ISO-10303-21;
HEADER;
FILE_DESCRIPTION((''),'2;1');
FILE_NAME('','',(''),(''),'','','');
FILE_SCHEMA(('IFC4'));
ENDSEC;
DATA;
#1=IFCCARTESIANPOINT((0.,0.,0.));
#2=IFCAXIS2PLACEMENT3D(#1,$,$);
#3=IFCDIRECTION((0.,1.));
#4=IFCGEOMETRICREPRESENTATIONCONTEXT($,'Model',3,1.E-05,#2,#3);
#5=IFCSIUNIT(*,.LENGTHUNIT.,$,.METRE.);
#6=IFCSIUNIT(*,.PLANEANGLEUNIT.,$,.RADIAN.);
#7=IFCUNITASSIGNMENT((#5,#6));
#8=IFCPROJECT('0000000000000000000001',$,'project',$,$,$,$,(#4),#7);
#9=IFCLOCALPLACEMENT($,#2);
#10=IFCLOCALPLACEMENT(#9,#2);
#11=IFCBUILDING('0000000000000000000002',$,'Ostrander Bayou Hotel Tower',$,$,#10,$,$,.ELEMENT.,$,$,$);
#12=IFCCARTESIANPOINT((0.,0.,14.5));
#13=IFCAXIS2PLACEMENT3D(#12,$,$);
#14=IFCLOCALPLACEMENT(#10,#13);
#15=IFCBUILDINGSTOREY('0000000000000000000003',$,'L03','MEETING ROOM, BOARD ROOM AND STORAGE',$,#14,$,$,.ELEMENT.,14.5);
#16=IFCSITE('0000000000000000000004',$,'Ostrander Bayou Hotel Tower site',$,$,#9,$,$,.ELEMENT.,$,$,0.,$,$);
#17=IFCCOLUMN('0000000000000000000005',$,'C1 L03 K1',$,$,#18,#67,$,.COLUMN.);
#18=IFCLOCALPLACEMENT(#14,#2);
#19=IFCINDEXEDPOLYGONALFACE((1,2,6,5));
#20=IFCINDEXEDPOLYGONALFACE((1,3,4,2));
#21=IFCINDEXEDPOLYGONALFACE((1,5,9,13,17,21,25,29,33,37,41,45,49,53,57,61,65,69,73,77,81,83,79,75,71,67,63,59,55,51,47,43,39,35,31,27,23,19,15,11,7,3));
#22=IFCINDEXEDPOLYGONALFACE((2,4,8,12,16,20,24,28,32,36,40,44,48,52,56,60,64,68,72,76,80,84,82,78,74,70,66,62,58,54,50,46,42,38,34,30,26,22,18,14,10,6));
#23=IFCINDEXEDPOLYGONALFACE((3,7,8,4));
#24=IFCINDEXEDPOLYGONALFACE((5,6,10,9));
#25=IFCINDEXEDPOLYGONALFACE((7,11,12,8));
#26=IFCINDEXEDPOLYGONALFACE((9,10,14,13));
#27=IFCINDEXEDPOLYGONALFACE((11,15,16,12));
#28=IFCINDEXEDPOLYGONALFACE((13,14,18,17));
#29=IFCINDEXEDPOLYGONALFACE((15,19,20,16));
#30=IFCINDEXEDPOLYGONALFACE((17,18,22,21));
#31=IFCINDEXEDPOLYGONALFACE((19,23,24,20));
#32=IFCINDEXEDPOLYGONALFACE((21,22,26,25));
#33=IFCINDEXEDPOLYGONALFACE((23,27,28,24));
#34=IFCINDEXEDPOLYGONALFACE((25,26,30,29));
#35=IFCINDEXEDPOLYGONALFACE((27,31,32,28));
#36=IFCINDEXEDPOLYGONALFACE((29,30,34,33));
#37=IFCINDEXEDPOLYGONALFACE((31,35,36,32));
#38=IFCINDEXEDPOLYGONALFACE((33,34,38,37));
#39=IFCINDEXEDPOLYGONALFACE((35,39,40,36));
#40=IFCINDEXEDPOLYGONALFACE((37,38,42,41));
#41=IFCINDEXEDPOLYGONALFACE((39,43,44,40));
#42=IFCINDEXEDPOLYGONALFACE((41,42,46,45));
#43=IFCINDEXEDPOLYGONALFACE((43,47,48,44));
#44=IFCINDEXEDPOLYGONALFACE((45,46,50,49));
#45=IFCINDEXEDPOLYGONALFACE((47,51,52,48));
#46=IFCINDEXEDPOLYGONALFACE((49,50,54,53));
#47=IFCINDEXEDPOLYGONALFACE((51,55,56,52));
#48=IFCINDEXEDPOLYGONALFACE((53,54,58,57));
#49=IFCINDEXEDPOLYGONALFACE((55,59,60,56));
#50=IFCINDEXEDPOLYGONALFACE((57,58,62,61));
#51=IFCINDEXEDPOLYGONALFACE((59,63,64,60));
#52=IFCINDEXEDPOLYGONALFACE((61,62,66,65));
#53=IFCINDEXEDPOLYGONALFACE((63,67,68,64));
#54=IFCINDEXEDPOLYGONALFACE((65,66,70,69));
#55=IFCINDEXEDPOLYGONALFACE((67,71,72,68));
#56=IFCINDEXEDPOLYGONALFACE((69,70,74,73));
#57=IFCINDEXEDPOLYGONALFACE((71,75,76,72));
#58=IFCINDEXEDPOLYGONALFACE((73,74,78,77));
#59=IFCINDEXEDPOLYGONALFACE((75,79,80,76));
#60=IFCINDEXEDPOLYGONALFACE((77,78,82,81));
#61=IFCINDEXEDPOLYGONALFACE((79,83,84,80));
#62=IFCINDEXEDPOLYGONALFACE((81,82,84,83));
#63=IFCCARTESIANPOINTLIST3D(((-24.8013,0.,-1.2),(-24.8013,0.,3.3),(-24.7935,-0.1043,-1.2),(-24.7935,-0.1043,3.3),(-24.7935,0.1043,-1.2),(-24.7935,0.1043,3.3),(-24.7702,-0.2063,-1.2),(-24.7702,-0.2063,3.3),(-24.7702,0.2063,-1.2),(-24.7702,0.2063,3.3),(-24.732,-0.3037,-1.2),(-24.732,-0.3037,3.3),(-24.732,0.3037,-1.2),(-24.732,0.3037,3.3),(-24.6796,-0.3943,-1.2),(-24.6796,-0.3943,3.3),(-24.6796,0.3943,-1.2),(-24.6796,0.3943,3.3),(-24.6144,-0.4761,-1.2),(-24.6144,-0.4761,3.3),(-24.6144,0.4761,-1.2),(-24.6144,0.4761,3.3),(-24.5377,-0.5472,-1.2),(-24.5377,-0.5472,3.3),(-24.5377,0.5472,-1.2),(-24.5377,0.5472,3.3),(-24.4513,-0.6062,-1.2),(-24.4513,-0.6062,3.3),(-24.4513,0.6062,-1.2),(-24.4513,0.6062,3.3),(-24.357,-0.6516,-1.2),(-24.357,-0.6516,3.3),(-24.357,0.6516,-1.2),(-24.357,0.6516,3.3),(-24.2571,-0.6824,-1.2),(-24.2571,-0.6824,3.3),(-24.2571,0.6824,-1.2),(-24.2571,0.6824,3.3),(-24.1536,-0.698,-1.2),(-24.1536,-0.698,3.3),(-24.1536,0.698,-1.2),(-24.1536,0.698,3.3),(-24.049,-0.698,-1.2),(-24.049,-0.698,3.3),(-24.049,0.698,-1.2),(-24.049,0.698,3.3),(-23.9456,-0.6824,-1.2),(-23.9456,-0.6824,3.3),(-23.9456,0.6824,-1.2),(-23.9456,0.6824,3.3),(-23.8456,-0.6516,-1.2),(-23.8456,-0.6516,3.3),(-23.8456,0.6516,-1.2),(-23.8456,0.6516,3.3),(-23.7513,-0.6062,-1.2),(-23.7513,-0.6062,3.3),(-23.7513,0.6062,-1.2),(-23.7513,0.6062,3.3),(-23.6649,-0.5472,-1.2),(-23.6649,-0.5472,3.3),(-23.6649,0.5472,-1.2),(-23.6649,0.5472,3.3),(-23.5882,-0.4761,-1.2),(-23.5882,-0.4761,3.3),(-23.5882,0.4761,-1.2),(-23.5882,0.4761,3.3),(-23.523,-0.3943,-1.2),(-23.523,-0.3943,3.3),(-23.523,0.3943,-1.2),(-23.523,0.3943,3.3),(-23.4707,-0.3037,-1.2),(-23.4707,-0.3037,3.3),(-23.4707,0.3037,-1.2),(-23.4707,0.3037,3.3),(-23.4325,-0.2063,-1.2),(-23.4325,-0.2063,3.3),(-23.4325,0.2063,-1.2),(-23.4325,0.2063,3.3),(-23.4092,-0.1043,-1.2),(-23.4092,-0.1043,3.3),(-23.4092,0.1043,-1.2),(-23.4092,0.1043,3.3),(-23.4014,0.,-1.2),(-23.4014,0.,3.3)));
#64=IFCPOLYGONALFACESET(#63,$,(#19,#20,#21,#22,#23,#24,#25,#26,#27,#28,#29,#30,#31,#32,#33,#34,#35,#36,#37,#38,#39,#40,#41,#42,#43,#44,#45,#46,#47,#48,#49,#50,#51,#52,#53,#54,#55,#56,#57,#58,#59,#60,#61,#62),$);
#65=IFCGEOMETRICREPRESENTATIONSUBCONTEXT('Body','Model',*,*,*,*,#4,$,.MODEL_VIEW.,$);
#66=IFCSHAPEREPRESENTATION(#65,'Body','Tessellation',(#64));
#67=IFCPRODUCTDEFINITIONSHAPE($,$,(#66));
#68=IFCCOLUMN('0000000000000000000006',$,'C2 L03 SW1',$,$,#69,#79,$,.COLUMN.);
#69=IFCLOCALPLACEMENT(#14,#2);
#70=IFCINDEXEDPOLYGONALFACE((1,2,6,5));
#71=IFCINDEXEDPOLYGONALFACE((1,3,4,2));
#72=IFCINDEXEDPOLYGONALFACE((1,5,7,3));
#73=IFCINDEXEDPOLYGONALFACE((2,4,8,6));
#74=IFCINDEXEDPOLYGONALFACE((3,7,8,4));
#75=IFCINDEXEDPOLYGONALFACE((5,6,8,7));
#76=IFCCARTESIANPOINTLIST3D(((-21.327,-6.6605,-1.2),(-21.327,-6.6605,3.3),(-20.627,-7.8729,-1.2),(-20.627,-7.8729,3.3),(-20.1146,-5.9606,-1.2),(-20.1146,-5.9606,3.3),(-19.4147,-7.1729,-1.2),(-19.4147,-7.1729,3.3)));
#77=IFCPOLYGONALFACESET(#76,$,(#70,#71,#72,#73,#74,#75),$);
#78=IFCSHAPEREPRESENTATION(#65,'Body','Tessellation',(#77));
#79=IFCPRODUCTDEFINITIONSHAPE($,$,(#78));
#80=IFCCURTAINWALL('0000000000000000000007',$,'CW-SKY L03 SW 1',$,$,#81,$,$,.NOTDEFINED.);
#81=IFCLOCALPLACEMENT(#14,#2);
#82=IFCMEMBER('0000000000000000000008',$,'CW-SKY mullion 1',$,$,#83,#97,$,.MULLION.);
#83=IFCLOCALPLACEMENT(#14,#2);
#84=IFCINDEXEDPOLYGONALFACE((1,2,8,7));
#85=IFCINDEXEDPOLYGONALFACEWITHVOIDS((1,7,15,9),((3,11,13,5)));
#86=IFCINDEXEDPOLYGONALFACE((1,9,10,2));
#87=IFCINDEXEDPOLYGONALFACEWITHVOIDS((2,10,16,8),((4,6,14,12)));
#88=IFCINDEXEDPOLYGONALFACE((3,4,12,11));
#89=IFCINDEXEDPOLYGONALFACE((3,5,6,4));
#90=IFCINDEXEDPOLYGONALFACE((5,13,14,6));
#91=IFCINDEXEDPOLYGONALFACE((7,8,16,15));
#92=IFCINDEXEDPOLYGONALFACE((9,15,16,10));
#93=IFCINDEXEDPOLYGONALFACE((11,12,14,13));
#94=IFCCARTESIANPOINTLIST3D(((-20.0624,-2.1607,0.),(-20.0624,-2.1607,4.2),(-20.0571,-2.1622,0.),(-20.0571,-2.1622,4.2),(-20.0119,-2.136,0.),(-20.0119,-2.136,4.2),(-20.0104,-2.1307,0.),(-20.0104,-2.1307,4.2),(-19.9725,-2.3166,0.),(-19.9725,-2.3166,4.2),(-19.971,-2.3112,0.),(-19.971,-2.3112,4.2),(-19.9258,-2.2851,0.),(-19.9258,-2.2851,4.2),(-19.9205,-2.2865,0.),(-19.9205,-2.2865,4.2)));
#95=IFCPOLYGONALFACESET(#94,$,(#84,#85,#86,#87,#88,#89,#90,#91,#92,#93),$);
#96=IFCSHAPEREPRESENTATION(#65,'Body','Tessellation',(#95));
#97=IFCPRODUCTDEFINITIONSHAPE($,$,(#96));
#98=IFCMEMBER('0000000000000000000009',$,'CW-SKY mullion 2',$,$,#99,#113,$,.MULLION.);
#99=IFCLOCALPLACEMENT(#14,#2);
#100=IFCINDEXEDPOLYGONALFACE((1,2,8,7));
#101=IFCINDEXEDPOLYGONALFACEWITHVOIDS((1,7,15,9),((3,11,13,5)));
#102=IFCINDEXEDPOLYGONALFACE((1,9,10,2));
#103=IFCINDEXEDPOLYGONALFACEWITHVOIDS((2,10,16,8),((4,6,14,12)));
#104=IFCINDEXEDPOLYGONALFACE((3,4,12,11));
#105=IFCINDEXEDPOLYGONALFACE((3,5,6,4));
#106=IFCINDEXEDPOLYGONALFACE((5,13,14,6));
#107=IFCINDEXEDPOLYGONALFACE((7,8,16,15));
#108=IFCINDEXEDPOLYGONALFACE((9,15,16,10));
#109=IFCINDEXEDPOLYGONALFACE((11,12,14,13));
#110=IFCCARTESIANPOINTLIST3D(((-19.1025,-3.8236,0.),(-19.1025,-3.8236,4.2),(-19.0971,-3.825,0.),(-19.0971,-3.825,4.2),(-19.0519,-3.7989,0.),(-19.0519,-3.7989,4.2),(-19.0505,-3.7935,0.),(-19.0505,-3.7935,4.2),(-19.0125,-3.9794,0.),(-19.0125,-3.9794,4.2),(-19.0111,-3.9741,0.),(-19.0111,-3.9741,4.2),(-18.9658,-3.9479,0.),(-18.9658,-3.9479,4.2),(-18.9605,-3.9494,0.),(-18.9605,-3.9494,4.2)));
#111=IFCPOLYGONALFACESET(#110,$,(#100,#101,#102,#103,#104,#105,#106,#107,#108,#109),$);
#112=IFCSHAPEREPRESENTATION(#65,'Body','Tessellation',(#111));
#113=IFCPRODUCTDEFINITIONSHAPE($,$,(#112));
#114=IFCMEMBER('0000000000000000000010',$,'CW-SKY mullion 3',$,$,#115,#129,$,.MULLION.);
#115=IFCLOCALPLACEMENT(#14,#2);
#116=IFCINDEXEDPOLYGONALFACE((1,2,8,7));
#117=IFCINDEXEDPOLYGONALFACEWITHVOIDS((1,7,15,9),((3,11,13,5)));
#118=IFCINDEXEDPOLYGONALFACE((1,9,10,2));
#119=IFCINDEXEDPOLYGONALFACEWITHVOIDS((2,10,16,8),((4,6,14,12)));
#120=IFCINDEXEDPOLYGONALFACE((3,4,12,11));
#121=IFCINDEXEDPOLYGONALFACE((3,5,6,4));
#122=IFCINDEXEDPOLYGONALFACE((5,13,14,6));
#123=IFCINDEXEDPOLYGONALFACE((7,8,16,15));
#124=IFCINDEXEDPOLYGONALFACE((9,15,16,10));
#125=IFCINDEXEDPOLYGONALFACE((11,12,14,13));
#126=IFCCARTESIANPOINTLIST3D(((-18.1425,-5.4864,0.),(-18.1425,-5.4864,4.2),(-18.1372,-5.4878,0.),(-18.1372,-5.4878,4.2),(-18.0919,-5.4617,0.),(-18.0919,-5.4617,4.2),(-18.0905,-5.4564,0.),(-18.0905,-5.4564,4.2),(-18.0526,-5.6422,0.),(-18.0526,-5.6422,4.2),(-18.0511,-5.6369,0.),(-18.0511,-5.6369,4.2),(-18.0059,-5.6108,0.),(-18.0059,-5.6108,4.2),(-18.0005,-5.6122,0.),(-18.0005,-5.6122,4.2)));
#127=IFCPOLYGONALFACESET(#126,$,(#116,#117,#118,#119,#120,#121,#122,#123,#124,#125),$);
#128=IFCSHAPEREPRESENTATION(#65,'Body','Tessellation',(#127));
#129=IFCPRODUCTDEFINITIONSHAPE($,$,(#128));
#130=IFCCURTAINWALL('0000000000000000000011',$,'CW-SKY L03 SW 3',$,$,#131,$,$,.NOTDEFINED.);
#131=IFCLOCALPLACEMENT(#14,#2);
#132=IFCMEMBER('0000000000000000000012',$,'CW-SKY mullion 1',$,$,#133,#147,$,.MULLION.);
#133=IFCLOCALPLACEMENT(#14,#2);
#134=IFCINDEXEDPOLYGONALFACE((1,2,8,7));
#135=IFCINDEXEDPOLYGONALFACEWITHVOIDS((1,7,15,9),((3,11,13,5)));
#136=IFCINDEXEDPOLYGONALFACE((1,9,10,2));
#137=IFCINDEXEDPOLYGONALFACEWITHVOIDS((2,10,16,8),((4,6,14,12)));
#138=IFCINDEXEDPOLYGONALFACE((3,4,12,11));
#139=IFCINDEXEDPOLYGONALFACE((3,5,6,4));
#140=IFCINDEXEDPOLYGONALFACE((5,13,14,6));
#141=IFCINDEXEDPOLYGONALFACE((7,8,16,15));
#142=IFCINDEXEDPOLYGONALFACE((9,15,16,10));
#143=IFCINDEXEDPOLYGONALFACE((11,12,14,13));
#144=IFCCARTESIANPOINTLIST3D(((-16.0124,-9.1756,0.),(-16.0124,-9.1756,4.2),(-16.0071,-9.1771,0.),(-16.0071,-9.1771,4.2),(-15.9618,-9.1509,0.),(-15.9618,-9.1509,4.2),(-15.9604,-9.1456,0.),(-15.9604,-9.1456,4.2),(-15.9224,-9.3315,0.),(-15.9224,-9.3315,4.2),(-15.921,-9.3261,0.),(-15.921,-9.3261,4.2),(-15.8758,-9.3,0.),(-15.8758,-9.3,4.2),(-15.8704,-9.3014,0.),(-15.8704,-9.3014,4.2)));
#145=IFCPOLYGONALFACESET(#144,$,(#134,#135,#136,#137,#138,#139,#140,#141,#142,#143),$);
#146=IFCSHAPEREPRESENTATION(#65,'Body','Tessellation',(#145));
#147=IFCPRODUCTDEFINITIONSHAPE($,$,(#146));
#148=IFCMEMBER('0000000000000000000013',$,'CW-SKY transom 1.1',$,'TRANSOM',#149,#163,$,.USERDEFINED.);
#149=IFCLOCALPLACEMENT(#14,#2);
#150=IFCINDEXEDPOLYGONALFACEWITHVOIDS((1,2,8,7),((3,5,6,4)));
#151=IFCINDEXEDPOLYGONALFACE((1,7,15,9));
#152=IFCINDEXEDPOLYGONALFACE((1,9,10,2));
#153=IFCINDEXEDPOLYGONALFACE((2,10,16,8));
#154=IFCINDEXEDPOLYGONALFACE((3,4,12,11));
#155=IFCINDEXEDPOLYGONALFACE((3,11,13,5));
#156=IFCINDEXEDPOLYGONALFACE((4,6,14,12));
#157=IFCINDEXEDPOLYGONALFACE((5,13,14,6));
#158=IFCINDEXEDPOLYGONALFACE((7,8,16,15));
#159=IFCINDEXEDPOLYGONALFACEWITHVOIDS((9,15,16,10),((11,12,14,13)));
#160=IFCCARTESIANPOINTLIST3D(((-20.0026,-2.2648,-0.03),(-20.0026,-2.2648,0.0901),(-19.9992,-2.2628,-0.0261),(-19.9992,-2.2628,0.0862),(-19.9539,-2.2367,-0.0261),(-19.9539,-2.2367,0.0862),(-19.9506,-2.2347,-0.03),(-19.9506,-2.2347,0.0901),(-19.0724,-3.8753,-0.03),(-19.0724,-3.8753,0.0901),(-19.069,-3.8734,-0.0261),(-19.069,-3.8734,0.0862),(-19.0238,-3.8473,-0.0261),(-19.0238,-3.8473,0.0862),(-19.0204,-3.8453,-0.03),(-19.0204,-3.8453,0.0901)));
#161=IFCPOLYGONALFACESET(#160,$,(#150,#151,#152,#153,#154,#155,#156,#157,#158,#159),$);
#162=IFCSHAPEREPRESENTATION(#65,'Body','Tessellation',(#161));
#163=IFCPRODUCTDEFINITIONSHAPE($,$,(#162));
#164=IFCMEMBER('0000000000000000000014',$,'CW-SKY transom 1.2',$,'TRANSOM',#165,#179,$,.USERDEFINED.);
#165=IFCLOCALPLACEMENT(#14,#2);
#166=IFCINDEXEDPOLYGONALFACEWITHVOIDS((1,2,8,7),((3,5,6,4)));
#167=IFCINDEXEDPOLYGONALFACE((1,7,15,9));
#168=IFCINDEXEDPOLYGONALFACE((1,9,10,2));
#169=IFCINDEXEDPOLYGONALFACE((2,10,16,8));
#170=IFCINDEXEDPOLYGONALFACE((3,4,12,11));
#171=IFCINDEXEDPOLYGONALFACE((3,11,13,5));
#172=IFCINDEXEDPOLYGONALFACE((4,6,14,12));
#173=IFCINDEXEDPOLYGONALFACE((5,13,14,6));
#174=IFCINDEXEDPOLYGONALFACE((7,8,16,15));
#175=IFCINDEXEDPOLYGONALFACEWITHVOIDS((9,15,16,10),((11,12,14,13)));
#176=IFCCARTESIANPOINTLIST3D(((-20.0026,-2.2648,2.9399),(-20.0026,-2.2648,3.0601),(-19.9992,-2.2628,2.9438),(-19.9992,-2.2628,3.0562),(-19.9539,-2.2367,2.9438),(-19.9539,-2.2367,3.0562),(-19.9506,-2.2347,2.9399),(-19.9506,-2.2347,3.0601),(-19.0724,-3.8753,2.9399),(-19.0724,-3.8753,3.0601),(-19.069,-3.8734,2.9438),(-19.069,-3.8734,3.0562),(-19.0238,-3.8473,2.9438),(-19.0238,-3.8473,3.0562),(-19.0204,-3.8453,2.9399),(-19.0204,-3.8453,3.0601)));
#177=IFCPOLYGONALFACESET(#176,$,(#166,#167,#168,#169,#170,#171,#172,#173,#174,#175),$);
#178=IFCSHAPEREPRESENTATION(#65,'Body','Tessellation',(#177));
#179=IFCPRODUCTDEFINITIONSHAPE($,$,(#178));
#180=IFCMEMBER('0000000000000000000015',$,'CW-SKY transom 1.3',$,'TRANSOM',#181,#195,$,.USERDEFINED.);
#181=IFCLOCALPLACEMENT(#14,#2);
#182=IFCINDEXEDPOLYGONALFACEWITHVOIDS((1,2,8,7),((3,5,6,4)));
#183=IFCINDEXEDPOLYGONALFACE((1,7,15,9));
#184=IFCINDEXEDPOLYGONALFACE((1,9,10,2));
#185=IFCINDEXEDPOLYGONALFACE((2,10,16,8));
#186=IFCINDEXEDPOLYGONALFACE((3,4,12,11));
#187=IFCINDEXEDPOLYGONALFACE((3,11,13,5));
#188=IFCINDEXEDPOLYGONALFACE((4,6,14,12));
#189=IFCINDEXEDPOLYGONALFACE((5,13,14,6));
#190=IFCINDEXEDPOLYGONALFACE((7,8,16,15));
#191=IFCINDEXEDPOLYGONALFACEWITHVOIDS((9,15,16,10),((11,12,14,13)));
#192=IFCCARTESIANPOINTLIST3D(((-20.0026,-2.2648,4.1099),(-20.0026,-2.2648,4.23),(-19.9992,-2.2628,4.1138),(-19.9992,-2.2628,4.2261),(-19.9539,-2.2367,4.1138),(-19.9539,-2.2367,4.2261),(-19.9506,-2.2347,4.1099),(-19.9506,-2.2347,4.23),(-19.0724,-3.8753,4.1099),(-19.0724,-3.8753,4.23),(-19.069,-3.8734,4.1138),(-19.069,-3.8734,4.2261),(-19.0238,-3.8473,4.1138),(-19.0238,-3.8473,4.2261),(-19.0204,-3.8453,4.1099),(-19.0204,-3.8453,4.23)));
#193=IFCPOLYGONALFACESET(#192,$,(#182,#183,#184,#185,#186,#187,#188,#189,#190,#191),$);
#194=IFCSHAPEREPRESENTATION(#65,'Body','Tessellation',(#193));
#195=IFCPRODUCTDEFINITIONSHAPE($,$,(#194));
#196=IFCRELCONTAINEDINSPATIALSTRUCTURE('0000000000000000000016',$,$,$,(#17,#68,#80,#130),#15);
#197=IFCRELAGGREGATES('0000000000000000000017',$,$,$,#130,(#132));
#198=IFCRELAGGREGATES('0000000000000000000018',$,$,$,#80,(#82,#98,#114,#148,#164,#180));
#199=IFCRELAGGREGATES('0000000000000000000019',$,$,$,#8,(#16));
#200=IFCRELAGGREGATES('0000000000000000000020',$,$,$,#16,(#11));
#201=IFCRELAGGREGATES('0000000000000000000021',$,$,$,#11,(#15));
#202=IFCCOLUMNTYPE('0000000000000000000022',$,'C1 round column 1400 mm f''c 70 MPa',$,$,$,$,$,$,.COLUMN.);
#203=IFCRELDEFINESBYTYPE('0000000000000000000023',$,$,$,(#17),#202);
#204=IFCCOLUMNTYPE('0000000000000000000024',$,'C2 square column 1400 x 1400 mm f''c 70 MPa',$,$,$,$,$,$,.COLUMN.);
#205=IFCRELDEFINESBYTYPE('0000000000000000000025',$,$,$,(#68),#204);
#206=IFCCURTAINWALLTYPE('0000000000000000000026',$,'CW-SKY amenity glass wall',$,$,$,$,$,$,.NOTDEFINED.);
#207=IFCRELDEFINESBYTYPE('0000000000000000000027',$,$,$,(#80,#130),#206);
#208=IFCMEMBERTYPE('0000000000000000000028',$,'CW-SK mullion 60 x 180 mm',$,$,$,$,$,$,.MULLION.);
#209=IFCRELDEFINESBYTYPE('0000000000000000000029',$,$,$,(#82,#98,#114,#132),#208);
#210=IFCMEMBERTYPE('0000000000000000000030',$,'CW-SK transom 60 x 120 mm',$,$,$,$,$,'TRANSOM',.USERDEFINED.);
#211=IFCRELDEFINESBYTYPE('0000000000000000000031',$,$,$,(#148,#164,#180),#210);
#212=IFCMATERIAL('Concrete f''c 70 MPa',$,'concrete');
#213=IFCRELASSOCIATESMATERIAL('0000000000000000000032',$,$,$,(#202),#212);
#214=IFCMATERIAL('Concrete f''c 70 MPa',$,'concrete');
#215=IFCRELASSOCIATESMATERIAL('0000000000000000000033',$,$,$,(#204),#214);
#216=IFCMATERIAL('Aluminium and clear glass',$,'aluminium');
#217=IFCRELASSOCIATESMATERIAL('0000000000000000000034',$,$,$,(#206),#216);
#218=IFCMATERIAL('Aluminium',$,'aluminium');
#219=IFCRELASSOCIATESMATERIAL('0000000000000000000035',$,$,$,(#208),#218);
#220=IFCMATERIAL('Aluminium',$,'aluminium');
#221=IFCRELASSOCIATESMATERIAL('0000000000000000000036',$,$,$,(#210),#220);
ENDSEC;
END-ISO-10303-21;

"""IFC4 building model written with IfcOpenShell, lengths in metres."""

from ifc_helpers import new_model, si_unit, direction, frame, origin, origin_2d, place, context, subcontext, project, spatial, rectangle, hollow_rectangle, circle, extrude, material, material_profile, profile_set, type_object, element, aggregate, save


model = new_model("IFC4")

# Units and contexts
model_context = context("Model", 3, precision=1e-05, world=origin(), true_north=direction((0.0, 1.0)))
body_context = subcontext(model_context, "Body", "Model", "MODEL_VIEW")
ifc_project = project(units=[si_unit("LENGTHUNIT", "METRE"), si_unit("PLANEANGLEUNIT", "RADIAN")], contexts=[model_context])

# Site, building, storey
site_placement = place(None, origin())
site = spatial("IfcSite", under=ifc_project, at=site_placement, Name="Ostrander Bayou Hotel Tower site", CompositionType="ELEMENT", RefElevation=0.0)
building_placement = place(site_placement, origin())
building = spatial("IfcBuilding", under=site, at=building_placement, Name="Ostrander Bayou Hotel Tower", CompositionType="ELEMENT")
storey_placement = place(building_placement, frame((0.0, 0.0, 14.5)))
storey = spatial("IfcBuildingStorey", under=building, at=storey_placement, Name="L03", Description="MEETING ROOM, BOARD ROOM AND STORAGE", CompositionType="ELEMENT", Elevation=14.5)

# Columns
ifc_material_1 = material(Name="Concrete f'c 70 MPa", Category="concrete")
ifc_material_profile_1 = material_profile(ifc_material_1, circle(Radius=0.7, at=origin_2d()))
ifc_profile_set_1 = profile_set([ifc_material_profile_1], Name="Concrete f'c 70 MPa")
column_type_1 = type_object("IfcColumnType", Name="C1 round column 1400 mm f'c 70 MPa", PredefinedType="COLUMN", material=ifc_profile_set_1)
column_1_placement = place(storey_placement, frame((-24.1013, 0.0, -1.2), z_axis=(0.0, 0.0, 1.0), x_axis=(1.0, 0.0, 0.0)))
element("IfcColumn", 1, at=column_1_placement, inside=storey, type_object=column_type_1, Name="C1 L03 K1", PredefinedType="COLUMN", context=body_context, shape_type="SweptSolid", body=[
    extrude(circle(Radius=0.7, at=origin_2d()), origin(), (0.0, 0.0, 1.0), 4.5),
])
ifc_material_2 = material(Name="Concrete f'c 70 MPa", Category="concrete")
ifc_material_profile_2 = material_profile(ifc_material_2, rectangle(XDim=1.3999, YDim=1.3999, at=origin_2d()))
ifc_profile_set_2 = profile_set([ifc_material_profile_2], Name="Concrete f'c 70 MPa")
column_type_2 = type_object("IfcColumnType", Name="C2 square column 1400 x 1400 mm f'c 70 MPa", PredefinedType="COLUMN", material=ifc_profile_set_2)
column_2_placement = place(storey_placement, frame((-20.3708, -6.9167, -1.2), z_axis=(0.0, 0.0, 1.0), x_axis=(-0.5, 0.866025, 0.0)))
element("IfcColumn", 2, at=column_2_placement, inside=storey, type_object=column_type_2, Name="C2 L03 SW1", PredefinedType="COLUMN", context=body_context, shape_type="SweptSolid", body=[
    extrude(rectangle(XDim=1.3999, YDim=1.3999, at=origin_2d()), origin(), (0.0, 0.0, 1.0), 4.5),
])

# Curtain wall, members
ifc_material_3 = material(Name="Aluminium and clear glass", Category="aluminium")
curtain_wall_type = type_object("IfcCurtainWallType", Name="CW-SKY amenity glass wall", PredefinedType="NOTDEFINED", material=ifc_material_3)
curtain_wall_1_placement = place(storey_placement, origin())
curtain_wall_1 = element("IfcCurtainWall", 3, at=curtain_wall_1_placement, inside=storey, type_object=curtain_wall_type, Name="CW-SKY L03 SW 1", PredefinedType="NOTDEFINED")
ifc_material_4 = material(Name="Aluminium", Category="aluminium")
ifc_material_profile_3 = material_profile(ifc_material_4, hollow_rectangle(XDim=0.0601, YDim=0.1799, WallThickness=0.0039, at=origin_2d()))
ifc_profile_set_3 = profile_set([ifc_material_profile_3], Name="Aluminium")
member_type_1 = type_object("IfcMemberType", Name="CW-SK mullion 60 x 180 mm", PredefinedType="MULLION", material=ifc_profile_set_3)
member_1_placement = place(storey_placement, frame((-19.9915, -2.2236, 0.0), z_axis=(0.0, 0.0, 1.0), x_axis=(0.866025, 0.5, 0.0)))
member_1 = element("IfcMember", 4, at=member_1_placement, type_object=member_type_1, Name="CW-SKY mullion 1", PredefinedType="MULLION", context=body_context, shape_type="SweptSolid", body=[
    extrude(hollow_rectangle(XDim=0.0601, YDim=0.1799, WallThickness=0.0039, at=origin_2d()), origin(), (0.0, 0.0, 1.0), 4.2),
])
member_2_placement = place(storey_placement, frame((-19.0315, -3.8865, 0.0), z_axis=(0.0, 0.0, 1.0), x_axis=(0.866025, 0.5, 0.0)))
member_2 = element("IfcMember", 5, at=member_2_placement, type_object=member_type_1, Name="CW-SKY mullion 2", PredefinedType="MULLION", context=body_context, shape_type="SweptSolid", body=[
    extrude(hollow_rectangle(XDim=0.0601, YDim=0.1799, WallThickness=0.0039, at=origin_2d()), origin(), (0.0, 0.0, 1.0), 4.2),
])
member_3_placement = place(storey_placement, frame((-18.0715, -5.5493, 0.0), z_axis=(0.0, 0.0, 1.0), x_axis=(0.866025, 0.5, 0.0)))
member_3 = element("IfcMember", 6, at=member_3_placement, type_object=member_type_1, Name="CW-SKY mullion 3", PredefinedType="MULLION", context=body_context, shape_type="SweptSolid", body=[
    extrude(hollow_rectangle(XDim=0.0601, YDim=0.1799, WallThickness=0.0039, at=origin_2d()), origin(), (0.0, 0.0, 1.0), 4.2),
])

# Curtain wall, member
curtain_wall_2_placement = place(storey_placement, origin())
curtain_wall_2 = element("IfcCurtainWall", 7, at=curtain_wall_2_placement, inside=storey, type_object=curtain_wall_type, Name="CW-SKY L03 SW 3", PredefinedType="NOTDEFINED")
member_4_placement = place(storey_placement, frame((-15.9414, -9.2385, 0.0), z_axis=(0.0, 0.0, 1.0), x_axis=(0.866025, 0.5, 0.0)))
member_4 = element("IfcMember", 8, at=member_4_placement, type_object=member_type_1, Name="CW-SKY mullion 1", PredefinedType="MULLION", context=body_context, shape_type="SweptSolid", body=[
    extrude(hollow_rectangle(XDim=0.0601, YDim=0.1799, WallThickness=0.0039, at=origin_2d()), origin(), (0.0, 0.0, 1.0), 4.2),
])
aggregate(curtain_wall_2, [member_4])

# Members
ifc_material_5 = material(Name="Aluminium", Category="aluminium")
ifc_material_profile_4 = material_profile(ifc_material_5, hollow_rectangle(XDim=0.0601, YDim=0.1201, WallThickness=0.0039, at=origin_2d()))
ifc_profile_set_4 = profile_set([ifc_material_profile_4], Name="Aluminium")
member_type_2 = type_object("IfcMemberType", Name="CW-SK transom 60 x 120 mm", ElementType="TRANSOM", PredefinedType="USERDEFINED", material=ifc_profile_set_4)
member_5_placement = place(storey_placement, frame((-19.9766, -2.2498, 0.03), z_axis=(0.50012, -0.865956, 0.0), x_axis=(0.865956, 0.50012, 0.0)))
member_5 = element("IfcMember", 9, at=member_5_placement, type_object=member_type_2, Name="CW-SKY transom 1.1", ObjectType="TRANSOM", PredefinedType="USERDEFINED", context=body_context, shape_type="SweptSolid", body=[
    extrude(hollow_rectangle(XDim=0.0601, YDim=0.1201, WallThickness=0.0039, at=origin_2d()), origin(), (0.0, 0.0, 1.0), 1.8599),
])
member_6_placement = place(storey_placement, frame((-19.9766, -2.2498, 3.0), z_axis=(0.50012, -0.865956, 0.0), x_axis=(0.865956, 0.50012, 0.0)))
member_6 = element("IfcMember", 10, at=member_6_placement, type_object=member_type_2, Name="CW-SKY transom 1.2", ObjectType="TRANSOM", PredefinedType="USERDEFINED", context=body_context, shape_type="SweptSolid", body=[
    extrude(hollow_rectangle(XDim=0.0601, YDim=0.1201, WallThickness=0.0039, at=origin_2d()), origin(), (0.0, 0.0, 1.0), 1.8599),
])
member_7_placement = place(storey_placement, frame((-19.9766, -2.2498, 4.1699), z_axis=(0.50012, -0.865956, 0.0), x_axis=(0.865956, 0.50012, 0.0)))
member_7 = element("IfcMember", 11, at=member_7_placement, type_object=member_type_2, Name="CW-SKY transom 1.3", ObjectType="TRANSOM", PredefinedType="USERDEFINED", context=body_context, shape_type="SweptSolid", body=[
    extrude(hollow_rectangle(XDim=0.0601, YDim=0.1201, WallThickness=0.0039, at=origin_2d()), origin(), (0.0, 0.0, 1.0), 1.8599),
])

aggregate(curtain_wall_1, [member_1, member_2, member_3, member_5, member_6, member_7])

save(model, "model.ifc")
